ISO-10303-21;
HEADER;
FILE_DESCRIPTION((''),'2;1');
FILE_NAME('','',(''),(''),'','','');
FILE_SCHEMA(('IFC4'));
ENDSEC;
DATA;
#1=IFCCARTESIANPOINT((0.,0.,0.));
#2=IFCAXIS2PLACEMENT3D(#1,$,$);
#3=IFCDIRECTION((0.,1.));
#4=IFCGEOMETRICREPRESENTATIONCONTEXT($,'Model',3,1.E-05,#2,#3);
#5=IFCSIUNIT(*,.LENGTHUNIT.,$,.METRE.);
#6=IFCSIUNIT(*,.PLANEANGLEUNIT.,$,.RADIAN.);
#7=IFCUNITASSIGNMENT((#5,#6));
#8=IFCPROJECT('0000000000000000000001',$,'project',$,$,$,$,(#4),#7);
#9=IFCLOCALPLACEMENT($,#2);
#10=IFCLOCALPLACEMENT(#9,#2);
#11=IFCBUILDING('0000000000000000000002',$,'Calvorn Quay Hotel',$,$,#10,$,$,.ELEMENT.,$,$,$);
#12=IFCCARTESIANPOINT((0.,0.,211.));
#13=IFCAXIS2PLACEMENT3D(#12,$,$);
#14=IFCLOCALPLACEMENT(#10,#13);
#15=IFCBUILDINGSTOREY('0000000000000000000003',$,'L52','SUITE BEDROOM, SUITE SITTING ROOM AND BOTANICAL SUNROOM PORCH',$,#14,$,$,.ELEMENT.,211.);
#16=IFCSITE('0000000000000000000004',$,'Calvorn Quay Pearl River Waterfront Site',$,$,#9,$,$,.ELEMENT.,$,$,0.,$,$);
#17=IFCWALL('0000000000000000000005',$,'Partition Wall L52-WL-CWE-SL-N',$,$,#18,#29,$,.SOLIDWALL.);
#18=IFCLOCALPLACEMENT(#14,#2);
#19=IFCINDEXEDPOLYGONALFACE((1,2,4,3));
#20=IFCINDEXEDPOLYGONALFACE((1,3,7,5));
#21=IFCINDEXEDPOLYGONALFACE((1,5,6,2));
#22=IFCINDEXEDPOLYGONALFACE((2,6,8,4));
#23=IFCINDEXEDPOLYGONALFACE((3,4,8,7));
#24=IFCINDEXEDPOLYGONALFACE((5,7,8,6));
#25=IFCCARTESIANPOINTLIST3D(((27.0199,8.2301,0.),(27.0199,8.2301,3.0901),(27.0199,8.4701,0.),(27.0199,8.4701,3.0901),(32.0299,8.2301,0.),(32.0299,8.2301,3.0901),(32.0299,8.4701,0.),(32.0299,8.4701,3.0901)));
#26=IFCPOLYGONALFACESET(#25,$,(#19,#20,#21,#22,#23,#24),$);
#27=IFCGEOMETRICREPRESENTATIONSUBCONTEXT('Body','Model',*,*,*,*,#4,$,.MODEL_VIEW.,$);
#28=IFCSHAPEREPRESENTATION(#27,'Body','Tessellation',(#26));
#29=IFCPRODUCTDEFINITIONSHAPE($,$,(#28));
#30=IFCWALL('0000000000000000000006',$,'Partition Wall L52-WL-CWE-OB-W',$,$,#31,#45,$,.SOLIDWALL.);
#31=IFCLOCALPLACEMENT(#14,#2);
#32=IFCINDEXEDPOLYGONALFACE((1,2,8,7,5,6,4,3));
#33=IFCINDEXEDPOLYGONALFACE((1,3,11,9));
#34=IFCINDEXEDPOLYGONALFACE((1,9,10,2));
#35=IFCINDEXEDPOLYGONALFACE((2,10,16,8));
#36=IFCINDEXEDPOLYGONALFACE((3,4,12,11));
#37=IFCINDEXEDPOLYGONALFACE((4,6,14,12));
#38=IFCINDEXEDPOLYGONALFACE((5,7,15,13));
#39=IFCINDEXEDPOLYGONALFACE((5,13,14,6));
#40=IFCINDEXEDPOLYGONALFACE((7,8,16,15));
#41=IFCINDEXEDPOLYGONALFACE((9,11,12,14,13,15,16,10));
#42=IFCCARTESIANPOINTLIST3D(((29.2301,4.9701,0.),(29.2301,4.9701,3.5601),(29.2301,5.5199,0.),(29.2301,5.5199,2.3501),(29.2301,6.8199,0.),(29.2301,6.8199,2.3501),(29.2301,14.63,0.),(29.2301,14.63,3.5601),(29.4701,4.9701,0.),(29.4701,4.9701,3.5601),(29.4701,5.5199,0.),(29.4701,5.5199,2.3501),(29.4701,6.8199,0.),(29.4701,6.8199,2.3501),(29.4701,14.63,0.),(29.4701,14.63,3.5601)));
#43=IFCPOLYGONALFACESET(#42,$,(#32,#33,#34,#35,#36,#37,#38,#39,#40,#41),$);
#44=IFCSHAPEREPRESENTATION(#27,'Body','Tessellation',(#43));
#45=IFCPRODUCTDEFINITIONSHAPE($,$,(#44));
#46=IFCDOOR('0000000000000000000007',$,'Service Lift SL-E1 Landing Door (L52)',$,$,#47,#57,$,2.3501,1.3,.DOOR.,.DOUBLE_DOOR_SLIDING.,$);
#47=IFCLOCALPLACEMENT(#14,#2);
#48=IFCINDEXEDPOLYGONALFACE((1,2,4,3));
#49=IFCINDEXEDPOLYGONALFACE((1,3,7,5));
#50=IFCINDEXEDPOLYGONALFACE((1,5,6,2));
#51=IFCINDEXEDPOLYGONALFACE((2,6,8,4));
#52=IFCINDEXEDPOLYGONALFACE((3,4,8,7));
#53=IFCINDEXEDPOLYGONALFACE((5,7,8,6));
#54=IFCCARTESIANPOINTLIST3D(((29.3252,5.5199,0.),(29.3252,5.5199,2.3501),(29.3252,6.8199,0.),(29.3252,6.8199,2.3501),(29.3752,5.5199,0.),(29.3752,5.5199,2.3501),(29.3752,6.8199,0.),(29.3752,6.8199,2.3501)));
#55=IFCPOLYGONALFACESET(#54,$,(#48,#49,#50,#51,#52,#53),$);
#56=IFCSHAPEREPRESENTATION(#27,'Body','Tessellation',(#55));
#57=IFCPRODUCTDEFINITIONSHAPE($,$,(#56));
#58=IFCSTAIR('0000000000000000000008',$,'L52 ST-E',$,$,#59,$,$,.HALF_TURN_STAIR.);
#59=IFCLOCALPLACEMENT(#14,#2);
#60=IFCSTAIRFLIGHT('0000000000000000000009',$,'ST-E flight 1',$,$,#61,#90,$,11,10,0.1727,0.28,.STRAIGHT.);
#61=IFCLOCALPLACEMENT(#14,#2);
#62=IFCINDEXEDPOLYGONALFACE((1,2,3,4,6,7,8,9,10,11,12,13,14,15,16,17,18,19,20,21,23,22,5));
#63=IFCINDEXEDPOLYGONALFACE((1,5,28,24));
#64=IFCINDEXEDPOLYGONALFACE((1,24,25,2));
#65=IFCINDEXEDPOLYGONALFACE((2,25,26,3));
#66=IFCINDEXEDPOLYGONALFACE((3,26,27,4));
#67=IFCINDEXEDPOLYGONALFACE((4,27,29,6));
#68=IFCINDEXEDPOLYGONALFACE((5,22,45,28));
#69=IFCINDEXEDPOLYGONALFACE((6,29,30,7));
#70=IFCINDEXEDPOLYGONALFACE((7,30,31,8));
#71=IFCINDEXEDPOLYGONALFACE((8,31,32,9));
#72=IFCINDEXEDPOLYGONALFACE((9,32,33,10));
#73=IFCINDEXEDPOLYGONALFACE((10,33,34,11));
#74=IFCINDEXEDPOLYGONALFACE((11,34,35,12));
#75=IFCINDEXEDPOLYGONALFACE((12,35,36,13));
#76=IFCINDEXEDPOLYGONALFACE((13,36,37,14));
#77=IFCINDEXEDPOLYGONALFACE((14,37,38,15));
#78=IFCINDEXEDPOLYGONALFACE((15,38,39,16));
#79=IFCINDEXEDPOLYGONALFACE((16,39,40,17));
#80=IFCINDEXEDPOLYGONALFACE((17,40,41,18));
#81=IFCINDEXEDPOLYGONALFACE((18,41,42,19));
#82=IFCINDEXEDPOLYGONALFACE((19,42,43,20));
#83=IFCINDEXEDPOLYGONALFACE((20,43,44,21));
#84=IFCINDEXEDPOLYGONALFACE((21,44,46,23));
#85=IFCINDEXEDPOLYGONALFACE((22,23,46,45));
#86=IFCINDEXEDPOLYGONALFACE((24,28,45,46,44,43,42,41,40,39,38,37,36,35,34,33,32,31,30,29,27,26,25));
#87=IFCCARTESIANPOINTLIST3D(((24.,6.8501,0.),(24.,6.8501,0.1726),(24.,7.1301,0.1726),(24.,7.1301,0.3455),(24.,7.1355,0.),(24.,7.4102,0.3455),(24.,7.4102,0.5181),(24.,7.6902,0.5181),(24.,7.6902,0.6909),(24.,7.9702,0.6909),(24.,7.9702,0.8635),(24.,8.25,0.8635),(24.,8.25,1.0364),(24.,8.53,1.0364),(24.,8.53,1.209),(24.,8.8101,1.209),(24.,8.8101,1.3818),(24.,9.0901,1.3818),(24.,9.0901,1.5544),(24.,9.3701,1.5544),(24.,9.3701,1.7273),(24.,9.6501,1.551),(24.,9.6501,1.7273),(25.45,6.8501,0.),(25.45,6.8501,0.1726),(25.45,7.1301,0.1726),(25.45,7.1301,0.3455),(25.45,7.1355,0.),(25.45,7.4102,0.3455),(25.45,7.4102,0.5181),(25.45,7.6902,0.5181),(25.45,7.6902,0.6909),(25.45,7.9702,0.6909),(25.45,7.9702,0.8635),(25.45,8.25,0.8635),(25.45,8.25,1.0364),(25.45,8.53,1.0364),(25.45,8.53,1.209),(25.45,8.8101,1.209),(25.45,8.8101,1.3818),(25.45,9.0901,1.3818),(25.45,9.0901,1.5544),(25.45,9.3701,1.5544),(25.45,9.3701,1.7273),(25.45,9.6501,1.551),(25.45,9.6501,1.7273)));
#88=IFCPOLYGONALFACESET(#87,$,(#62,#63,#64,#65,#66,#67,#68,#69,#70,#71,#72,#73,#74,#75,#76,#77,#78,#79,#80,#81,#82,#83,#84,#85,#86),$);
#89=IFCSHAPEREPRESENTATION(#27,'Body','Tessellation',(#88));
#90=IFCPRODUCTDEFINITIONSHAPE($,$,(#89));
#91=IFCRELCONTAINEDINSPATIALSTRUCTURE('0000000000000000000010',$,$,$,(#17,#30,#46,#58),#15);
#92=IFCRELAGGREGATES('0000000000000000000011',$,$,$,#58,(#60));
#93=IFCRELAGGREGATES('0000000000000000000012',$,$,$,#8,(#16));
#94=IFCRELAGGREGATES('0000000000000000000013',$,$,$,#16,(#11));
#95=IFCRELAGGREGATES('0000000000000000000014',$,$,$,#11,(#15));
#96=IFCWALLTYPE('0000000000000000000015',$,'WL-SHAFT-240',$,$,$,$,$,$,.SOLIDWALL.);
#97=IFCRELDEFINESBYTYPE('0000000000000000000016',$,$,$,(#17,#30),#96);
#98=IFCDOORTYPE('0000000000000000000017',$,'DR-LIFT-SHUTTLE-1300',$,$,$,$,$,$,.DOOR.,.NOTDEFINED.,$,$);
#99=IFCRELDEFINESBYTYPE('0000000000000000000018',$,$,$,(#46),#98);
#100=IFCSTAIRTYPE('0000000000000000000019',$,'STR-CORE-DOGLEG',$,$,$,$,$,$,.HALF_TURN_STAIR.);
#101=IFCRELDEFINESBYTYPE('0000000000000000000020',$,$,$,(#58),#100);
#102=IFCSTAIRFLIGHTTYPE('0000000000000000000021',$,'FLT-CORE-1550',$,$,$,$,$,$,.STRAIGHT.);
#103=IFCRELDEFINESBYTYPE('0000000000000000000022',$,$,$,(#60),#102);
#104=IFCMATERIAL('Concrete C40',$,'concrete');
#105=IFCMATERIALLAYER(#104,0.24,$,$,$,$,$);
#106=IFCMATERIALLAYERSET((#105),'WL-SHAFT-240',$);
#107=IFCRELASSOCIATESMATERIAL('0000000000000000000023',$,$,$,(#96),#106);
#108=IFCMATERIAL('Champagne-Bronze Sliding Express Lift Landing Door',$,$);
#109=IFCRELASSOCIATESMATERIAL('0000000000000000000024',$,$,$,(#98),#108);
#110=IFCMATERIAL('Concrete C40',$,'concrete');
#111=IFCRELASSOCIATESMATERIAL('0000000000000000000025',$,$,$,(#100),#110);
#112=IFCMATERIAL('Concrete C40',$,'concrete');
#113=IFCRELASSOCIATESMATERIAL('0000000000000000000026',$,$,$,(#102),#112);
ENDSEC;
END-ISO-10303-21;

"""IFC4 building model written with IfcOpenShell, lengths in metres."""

from ifc_helpers import new_model, si_unit, direction, frame, frame_2d, origin, place, context, subcontext, project, spatial, polyline, rectangle, outline, extrude, material, layer, layer_set, type_object, element, fill, aggregate, save


model = new_model("IFC4")

# Units and contexts
model_context = context("Model", 3, precision=1e-05, world=origin(), true_north=direction((0.0, 1.0)))
body_context = subcontext(model_context, "Body", "Model", "MODEL_VIEW")
ifc_project = project(units=[si_unit("LENGTHUNIT", "METRE"), si_unit("PLANEANGLEUNIT", "RADIAN")], contexts=[model_context])

# Site, building, storey
site_placement = place(None, origin())
site = spatial("IfcSite", under=ifc_project, at=site_placement, Name="Calvorn Quay Pearl River Waterfront Site", CompositionType="ELEMENT", RefElevation=0.0)
building_placement = place(site_placement, origin())
building = spatial("IfcBuilding", under=site, at=building_placement, Name="Calvorn Quay Hotel", CompositionType="ELEMENT")
storey_placement = place(building_placement, frame((0.0, 0.0, 211.0)))
storey = spatial("IfcBuildingStorey", under=building, at=storey_placement, Name="L52", Description="SUITE BEDROOM, SUITE SITTING ROOM AND BOTANICAL SUNROOM PORCH", CompositionType="ELEMENT", Elevation=211.0)

# Shared definitions
ifc_material_1 = material(Name="Concrete C40", Category="concrete")
ifc_layer_1 = layer(ifc_material_1, 0.24)
ifc_layer_set_1 = layer_set([ifc_layer_1], Name="WL-SHAFT-240")
wall_type = type_object("IfcWallType", Name="WL-SHAFT-240", PredefinedType="SOLIDWALL", material=ifc_layer_set_1)

# Shared definitions
ifc_material_2 = material(Name="Champagne-Bronze Sliding Express Lift Landing Door")
door_type_1 = type_object("IfcDoorType", Name="DR-LIFT-SHUTTLE-1300", OperationType="NOTDEFINED", PredefinedType="DOOR", material=ifc_material_2)

# Wall
wall_1_placement = place(storey_placement, frame((27.02, 8.3501, 0.0), z_axis=(0.0, 0.0, 1.0), x_axis=(1.0, 0.0, 0.0)))
element("IfcWall", 1, at=wall_1_placement, inside=storey, type_object=wall_type, Name="Partition Wall L52-WL-CWE-SL-N", PredefinedType="SOLIDWALL", context=body_context, shape_type="SweptSolid", body=[
    extrude(rectangle(XDim=5.01, YDim=0.24, at=frame_2d((2.5049, 0.0))), origin(), (0.0, 0.0, 1.0), 3.0901),
])

# Wall, opening, door
wall_2_placement = place(storey_placement, frame((29.3501, 4.97, 0.0), z_axis=(0.0, 0.0, 1.0), x_axis=(0.0, 1.0, 0.0)))
wall_2 = element("IfcWall", 2, at=wall_2_placement, inside=storey, type_object=wall_type, Name="Partition Wall L52-WL-CWE-OB-W", PredefinedType="SOLIDWALL", context=body_context, shape_type="SweptSolid", body=[
    extrude(rectangle(XDim=9.6599, YDim=0.24, at=frame_2d((4.8301, 0.0))), origin(), (0.0, 0.0, 1.0), 3.5601),
])
opening_1_placement = place(wall_2_placement, frame((0.55, 0.0, 0.0)))
opening_1 = element("IfcOpeningElement", 3, at=opening_1_placement, cuts=wall_2, PredefinedType="OPENING", context=body_context, shape_type="SweptSolid", body=[
    extrude(rectangle(XDim=1.3, YDim=2.3501, at=frame_2d((0.6499, 1.175))), frame((0.0, 0.1299, 0.0), z_axis=(0.0, -1.0, 0.0), x_axis=(1.0, 0.0, 0.0)), (0.0, 0.0, 1.0), 0.26),
])
door_1_placement = place(opening_1_placement, origin())
door_1 = element("IfcDoor", 4, at=door_1_placement, inside=storey, type_object=door_type_1, Name="Service Lift SL-E1 Landing Door (L52)", OperationType="DOUBLE_DOOR_SLIDING", OverallHeight=2.3501, OverallWidth=1.3, PredefinedType="DOOR", context=body_context, shape_type="SweptSolid", body=[
    extrude(rectangle(XDim=1.3, YDim=2.3501, at=frame_2d((0.6499, 1.175))), frame((0.0, 0.0249, 0.0), z_axis=(0.0, -1.0, 0.0), x_axis=(1.0, 0.0, 0.0)), (0.0, 0.0, 1.0), 0.05),
])
fill(opening_1, door_1)

# Stair, stair flight
ifc_material_3 = material(Name="Concrete C40", Category="concrete")
stair_type = type_object("IfcStairType", Name="STR-CORE-DOGLEG", PredefinedType="HALF_TURN_STAIR", material=ifc_material_3)
stair_placement = place(storey_placement, origin())
stair = element("IfcStair", 5, at=stair_placement, inside=storey, type_object=stair_type, Name="L52 ST-E", PredefinedType="HALF_TURN_STAIR")
ifc_material_4 = material(Name="Concrete C40", Category="concrete")
stair_flight_type = type_object("IfcStairFlightType", Name="FLT-CORE-1550", PredefinedType="STRAIGHT", material=ifc_material_4)
stair_flight_placement = place(storey_placement, frame((24.7251, 6.8501, 0.0), z_axis=(0.0, 0.0, 1.0), x_axis=(0.0, 1.0, 0.0)))
stair_flight = element("IfcStairFlight", 6, at=stair_flight_placement, type_object=stair_flight_type, Name="ST-E flight 1", NumberOfRisers=11, NumberOfTreads=10, PredefinedType="STRAIGHT", RiserHeight=0.1727, TreadLength=0.28, context=body_context, shape_type="SweptSolid", body=[
    extrude(outline(polyline([(0.0, 0.0), (0.0, 0.1726), (0.28, 0.1726), (0.28, 0.3455), (0.5601, 0.3455), (0.5601, 0.5181), (0.8401, 0.5181), (0.8401, 0.6909), (1.1201, 0.6909), (1.1201, 0.8635), (1.3999, 0.8635), (1.3999, 1.0364), (1.6799, 1.0364), (1.6799, 1.209), (1.96, 1.209), (1.96, 1.3818), (2.24, 1.3818), (2.24, 1.5544), (2.52, 1.5544), (2.52, 1.7273), (2.8, 1.7273), (2.8, 1.8999), (2.8, 1.551), (0.2854, 0.0), (0.0, 0.0)])), frame((0.0, 0.7251, 0.0), z_axis=(0.0, -1.0, 0.0), x_axis=(1.0, 0.0, 0.0)), (0.0, 0.0, 1.0), 1.45),
])
aggregate(stair, [stair_flight])

save(model, "model.ifc")
